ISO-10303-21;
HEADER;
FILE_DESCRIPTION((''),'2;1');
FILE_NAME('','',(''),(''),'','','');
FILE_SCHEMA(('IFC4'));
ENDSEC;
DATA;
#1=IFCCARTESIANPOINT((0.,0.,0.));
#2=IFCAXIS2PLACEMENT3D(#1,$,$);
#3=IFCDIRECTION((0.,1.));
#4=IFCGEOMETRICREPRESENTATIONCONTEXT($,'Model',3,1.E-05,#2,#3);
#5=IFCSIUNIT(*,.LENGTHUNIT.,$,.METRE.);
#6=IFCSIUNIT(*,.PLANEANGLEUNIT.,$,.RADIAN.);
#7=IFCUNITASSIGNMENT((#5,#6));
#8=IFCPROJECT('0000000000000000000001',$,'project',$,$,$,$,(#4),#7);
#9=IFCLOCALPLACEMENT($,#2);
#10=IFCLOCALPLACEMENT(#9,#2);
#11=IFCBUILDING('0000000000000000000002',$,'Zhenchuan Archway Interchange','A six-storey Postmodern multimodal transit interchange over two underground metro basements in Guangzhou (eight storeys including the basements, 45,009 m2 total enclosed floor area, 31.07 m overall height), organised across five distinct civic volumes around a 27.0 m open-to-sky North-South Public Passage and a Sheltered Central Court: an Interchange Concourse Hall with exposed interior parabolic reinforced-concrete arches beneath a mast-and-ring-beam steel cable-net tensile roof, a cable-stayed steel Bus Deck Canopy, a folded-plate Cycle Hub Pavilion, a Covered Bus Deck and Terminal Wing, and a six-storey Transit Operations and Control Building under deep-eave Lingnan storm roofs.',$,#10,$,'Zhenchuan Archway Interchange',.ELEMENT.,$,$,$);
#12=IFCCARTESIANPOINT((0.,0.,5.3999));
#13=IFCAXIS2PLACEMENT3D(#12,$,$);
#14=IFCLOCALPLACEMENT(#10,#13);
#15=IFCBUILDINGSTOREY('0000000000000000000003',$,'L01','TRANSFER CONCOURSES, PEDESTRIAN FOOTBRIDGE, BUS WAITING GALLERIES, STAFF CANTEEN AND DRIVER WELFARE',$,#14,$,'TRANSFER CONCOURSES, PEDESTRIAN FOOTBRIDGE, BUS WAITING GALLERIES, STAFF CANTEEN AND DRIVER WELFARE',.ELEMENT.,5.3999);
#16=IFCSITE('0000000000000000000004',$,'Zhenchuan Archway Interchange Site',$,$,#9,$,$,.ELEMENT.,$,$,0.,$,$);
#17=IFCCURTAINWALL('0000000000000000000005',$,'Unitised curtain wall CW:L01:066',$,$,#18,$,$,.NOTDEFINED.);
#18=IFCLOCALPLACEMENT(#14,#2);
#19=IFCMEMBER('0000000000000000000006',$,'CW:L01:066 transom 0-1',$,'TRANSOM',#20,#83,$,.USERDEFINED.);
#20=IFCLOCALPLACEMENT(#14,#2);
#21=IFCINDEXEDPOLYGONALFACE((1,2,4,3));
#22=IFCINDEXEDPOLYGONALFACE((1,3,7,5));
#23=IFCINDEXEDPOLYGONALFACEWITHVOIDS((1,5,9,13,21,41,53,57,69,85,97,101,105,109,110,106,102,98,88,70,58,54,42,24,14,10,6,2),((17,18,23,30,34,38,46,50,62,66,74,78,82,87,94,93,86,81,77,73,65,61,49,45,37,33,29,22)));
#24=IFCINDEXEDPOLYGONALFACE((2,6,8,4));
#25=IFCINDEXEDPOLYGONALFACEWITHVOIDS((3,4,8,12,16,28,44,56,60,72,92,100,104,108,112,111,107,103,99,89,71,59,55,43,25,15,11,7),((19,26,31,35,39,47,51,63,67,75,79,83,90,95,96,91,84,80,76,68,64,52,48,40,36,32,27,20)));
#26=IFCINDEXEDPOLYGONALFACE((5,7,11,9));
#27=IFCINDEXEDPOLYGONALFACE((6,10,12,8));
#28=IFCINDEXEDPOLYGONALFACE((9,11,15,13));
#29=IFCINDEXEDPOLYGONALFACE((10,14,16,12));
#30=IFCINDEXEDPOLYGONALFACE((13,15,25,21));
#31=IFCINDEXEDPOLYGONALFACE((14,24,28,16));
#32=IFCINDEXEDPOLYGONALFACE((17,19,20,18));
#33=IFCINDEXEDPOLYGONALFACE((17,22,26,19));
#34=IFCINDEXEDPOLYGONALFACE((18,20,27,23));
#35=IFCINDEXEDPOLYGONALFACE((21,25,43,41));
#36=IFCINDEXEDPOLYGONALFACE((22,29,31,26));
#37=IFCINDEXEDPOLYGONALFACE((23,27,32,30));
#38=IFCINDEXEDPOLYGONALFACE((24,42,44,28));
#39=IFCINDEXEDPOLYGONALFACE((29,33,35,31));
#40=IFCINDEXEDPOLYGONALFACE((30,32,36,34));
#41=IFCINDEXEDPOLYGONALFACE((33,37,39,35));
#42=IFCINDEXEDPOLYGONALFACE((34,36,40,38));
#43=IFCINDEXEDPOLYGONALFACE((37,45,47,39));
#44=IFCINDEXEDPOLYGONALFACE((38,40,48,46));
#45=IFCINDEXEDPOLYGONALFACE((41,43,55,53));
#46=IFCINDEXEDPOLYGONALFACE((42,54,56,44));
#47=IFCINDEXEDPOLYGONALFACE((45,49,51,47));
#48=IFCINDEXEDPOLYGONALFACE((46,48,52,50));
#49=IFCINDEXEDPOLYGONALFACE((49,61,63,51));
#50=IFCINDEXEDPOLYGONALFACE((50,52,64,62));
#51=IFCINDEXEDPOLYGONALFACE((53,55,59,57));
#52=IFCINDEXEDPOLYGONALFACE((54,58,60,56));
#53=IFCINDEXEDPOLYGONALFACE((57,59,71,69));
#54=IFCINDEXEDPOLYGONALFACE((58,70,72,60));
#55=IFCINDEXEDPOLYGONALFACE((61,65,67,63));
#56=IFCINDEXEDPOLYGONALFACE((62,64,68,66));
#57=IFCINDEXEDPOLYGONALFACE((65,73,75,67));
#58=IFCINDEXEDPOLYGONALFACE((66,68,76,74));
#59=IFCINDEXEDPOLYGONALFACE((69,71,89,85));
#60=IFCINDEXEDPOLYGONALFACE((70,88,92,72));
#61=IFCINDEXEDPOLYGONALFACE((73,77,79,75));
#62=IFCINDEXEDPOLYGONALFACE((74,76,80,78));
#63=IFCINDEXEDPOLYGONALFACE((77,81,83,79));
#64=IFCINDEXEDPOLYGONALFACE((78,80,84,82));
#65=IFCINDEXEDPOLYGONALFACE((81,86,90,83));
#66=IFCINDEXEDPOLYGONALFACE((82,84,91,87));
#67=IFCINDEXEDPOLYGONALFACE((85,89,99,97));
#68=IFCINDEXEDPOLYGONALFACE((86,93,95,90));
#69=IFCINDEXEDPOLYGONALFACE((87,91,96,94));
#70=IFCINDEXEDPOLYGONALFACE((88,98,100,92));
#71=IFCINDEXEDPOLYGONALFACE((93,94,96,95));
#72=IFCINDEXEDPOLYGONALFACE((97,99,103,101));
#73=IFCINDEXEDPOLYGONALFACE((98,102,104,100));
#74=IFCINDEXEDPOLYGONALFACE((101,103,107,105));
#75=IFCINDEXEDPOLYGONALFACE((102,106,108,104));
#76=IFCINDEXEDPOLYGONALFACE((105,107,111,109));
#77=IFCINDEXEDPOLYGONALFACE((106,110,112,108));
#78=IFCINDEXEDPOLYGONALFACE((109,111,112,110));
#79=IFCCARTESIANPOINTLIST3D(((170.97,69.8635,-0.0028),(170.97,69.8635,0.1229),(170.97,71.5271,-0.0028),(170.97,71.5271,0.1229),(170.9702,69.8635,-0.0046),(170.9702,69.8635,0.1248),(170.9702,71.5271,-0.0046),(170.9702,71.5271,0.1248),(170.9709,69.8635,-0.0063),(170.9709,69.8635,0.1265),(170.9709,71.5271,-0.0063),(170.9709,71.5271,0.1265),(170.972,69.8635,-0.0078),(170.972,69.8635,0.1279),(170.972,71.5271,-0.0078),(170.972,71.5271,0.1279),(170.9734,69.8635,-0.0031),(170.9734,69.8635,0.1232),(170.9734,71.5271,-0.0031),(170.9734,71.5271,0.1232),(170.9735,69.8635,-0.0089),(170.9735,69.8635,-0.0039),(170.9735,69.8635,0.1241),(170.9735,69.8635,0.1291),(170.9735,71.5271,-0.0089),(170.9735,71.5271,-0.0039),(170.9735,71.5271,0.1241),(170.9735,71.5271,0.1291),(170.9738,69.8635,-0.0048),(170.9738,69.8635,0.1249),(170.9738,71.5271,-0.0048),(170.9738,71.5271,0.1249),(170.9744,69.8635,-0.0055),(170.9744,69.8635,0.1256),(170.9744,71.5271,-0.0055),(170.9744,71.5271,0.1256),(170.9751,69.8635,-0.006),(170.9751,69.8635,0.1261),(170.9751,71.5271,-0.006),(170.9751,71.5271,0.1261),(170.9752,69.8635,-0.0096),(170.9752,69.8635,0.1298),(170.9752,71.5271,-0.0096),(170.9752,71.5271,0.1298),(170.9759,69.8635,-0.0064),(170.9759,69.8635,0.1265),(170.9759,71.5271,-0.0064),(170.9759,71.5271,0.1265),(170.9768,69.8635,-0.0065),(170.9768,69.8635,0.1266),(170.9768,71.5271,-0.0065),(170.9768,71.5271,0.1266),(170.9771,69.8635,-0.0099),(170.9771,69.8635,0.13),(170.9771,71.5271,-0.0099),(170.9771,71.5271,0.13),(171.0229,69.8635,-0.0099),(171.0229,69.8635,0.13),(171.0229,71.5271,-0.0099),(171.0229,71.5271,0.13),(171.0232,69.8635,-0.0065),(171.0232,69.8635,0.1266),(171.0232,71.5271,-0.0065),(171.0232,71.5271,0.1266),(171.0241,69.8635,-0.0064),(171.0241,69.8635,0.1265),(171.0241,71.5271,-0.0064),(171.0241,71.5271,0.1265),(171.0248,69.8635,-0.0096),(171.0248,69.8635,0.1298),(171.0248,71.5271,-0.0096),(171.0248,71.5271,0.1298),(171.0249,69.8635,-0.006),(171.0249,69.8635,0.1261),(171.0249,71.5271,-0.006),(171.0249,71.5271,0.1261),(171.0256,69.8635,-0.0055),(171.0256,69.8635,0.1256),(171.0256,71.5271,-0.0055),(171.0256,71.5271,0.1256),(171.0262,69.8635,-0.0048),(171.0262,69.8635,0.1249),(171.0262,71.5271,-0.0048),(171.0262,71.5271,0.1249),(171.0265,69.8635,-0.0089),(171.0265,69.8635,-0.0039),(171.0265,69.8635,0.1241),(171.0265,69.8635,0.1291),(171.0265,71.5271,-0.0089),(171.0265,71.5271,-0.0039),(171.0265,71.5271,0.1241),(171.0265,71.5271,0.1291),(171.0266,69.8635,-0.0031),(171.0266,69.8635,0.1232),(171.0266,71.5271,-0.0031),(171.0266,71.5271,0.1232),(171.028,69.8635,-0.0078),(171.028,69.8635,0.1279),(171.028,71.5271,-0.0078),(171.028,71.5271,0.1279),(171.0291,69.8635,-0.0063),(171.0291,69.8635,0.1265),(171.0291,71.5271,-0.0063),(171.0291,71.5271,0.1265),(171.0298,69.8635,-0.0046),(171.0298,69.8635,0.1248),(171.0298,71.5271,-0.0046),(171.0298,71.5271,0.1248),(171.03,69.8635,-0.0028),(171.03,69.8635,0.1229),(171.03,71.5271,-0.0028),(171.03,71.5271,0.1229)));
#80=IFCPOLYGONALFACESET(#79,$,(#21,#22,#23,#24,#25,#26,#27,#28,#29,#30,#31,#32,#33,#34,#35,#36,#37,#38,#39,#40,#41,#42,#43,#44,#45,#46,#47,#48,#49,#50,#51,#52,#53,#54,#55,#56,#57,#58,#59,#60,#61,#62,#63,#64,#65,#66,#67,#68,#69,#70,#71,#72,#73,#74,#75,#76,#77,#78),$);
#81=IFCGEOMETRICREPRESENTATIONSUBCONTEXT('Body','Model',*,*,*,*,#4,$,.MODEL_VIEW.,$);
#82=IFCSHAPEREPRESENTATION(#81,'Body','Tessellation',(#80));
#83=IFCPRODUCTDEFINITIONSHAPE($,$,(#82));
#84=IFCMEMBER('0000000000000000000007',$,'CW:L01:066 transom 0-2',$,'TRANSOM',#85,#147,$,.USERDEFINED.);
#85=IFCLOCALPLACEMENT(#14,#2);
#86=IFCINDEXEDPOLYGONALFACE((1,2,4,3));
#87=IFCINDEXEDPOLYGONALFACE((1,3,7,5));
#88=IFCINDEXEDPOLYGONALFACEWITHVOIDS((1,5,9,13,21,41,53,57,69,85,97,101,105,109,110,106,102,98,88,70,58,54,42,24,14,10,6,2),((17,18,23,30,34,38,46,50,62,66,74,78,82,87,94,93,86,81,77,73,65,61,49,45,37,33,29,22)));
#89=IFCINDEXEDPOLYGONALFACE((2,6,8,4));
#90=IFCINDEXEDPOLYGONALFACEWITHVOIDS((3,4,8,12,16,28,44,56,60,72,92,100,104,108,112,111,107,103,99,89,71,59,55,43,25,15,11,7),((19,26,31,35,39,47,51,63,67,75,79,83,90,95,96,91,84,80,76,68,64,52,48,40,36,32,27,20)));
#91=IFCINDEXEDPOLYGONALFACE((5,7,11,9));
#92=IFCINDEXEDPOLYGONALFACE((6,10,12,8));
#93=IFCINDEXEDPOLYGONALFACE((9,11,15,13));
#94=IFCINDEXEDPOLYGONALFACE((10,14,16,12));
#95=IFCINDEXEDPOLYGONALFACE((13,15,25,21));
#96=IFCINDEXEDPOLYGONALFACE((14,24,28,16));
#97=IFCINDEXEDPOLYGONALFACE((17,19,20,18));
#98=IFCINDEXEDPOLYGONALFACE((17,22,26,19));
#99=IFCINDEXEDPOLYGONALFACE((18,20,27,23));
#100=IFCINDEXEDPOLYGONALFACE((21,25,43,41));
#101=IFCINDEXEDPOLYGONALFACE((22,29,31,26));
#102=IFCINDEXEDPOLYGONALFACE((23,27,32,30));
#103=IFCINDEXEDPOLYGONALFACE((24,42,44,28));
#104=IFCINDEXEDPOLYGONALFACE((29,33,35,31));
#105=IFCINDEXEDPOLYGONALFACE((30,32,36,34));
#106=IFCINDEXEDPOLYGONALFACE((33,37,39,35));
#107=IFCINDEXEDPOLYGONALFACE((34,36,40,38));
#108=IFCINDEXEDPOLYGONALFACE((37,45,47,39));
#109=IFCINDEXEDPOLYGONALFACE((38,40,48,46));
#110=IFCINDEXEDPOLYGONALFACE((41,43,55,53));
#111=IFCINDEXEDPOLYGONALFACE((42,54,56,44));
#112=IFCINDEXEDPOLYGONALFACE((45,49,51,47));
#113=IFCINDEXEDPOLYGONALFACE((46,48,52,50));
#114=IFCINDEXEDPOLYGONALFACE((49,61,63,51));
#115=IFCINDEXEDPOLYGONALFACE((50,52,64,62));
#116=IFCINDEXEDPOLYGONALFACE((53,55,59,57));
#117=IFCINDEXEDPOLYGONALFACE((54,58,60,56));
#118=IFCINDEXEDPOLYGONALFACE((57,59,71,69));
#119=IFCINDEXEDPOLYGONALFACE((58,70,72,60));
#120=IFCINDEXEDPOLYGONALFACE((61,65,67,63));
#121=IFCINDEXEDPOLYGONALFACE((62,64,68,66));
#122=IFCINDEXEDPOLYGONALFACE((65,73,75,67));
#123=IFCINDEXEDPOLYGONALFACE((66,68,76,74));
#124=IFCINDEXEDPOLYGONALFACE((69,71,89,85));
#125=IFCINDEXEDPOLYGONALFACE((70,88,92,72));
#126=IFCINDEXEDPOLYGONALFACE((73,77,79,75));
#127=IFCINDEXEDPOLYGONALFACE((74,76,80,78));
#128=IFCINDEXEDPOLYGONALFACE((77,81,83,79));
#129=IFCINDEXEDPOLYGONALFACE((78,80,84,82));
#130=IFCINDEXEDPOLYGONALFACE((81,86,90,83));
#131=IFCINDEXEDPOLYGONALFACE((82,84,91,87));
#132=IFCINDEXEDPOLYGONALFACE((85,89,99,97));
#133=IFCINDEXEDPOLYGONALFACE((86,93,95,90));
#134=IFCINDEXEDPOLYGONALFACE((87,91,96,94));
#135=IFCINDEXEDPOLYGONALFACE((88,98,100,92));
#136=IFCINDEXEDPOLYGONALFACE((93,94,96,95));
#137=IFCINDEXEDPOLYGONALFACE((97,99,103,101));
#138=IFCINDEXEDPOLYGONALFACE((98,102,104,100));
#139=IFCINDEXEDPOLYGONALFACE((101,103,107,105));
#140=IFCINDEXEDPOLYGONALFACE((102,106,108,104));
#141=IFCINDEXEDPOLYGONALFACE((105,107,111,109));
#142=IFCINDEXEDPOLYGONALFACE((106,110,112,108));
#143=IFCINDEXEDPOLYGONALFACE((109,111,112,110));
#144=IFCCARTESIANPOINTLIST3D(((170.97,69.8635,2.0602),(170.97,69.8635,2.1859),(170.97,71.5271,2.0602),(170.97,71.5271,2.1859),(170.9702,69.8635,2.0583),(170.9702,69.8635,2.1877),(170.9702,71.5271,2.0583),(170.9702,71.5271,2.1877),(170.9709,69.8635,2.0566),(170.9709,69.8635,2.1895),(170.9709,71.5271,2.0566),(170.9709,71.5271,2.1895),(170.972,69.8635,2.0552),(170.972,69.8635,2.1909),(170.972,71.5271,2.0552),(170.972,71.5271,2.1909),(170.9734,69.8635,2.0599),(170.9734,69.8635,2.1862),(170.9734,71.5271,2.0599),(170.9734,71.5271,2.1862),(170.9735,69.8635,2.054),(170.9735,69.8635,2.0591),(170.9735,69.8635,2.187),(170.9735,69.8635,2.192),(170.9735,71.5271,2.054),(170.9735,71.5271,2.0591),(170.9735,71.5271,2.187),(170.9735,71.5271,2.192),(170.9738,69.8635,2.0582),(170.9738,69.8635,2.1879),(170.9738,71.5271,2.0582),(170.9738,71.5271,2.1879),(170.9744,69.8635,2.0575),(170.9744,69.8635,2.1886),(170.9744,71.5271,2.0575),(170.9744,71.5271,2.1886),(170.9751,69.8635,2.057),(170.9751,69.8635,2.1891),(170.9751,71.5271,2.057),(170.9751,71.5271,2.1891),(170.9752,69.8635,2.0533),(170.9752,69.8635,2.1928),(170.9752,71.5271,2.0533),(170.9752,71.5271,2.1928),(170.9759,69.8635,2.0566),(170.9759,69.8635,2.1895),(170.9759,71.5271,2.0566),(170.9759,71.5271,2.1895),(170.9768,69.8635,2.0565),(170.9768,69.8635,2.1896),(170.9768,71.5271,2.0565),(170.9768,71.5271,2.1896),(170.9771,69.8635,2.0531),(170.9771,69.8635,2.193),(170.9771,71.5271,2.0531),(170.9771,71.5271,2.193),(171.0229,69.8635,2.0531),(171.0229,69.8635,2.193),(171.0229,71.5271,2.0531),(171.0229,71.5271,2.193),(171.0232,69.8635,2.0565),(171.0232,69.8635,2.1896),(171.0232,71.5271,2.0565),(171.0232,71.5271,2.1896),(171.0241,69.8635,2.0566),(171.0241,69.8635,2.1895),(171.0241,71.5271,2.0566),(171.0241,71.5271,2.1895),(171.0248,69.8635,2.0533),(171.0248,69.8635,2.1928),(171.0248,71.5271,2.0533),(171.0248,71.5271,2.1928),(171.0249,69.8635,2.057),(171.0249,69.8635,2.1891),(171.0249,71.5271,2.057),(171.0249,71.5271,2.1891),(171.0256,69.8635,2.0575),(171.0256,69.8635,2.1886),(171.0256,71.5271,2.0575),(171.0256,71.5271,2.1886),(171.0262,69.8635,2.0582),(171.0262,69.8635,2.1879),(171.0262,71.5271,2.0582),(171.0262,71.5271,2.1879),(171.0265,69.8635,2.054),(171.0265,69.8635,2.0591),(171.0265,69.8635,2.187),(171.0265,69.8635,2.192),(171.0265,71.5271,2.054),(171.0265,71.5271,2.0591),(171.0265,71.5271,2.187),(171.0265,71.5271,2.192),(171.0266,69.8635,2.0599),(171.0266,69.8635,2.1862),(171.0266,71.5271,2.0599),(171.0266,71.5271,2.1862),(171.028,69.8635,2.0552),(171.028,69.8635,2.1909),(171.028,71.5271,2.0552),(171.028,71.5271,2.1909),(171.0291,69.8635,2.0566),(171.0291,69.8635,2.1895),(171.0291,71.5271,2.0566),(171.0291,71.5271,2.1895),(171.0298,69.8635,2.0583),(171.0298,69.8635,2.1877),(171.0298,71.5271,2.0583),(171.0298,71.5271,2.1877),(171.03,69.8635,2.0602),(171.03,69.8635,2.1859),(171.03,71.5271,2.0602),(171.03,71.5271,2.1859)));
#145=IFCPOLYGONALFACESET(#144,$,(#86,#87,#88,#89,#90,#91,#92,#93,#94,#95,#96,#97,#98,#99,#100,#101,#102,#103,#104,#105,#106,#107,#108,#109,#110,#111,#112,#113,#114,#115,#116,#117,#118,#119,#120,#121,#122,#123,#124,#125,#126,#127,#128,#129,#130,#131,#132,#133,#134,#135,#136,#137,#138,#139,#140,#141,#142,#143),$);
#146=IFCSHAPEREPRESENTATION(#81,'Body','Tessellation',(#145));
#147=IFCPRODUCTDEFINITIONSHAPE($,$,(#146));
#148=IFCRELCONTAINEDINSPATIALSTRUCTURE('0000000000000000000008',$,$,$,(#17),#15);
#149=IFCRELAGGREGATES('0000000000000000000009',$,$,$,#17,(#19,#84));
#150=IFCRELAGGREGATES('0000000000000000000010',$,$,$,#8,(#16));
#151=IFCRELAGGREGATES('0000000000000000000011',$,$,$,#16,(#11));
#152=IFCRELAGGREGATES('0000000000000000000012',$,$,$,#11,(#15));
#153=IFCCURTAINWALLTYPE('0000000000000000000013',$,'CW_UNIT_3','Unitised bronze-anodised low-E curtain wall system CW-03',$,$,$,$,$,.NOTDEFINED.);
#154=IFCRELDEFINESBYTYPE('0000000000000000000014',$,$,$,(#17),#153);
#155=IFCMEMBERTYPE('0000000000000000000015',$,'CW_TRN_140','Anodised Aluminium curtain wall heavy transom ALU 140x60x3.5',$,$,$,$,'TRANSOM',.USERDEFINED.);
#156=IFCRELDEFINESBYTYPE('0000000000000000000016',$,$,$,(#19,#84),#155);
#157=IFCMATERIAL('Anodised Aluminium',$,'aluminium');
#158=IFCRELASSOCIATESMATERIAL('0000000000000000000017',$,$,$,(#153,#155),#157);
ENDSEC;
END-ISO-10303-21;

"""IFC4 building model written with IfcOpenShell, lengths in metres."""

from ifc_helpers import new_model, si_unit, direction, frame, origin, origin_2d, place, context, subcontext, project, spatial, hollow_rectangle, extrude, material, material_profile, profile_set, type_object, element, aggregate, save


model = new_model("IFC4")

# Units and contexts
model_context = context("Model", 3, precision=1e-05, world=origin(), true_north=direction((0.0, 1.0)))
body_context = subcontext(model_context, "Body", "Model", "MODEL_VIEW")
ifc_project = project(units=[si_unit("LENGTHUNIT", "METRE"), si_unit("PLANEANGLEUNIT", "RADIAN")], contexts=[model_context])

# Site, building, storey
site_placement = place(None, origin())
site = spatial("IfcSite", under=ifc_project, at=site_placement, Name="Zhenchuan Archway Interchange Site", CompositionType="ELEMENT", RefElevation=0.0)
building_placement = place(site_placement, origin())
building = spatial("IfcBuilding", under=site, at=building_placement, Name="Zhenchuan Archway Interchange", Description="A six-storey Postmodern multimodal transit interchange over two underground metro basements in Guangzhou (eight storeys including the basements, 45,009 m2 total enclosed floor area, 31.07 m overall height), organised across five distinct civic volumes around a 27.0 m open-to-sky North-South Public Passage and a Sheltered Central Court: an Interchange Concourse Hall with exposed interior parabolic reinforced-concrete arches beneath a mast-and-ring-beam steel cable-net tensile roof, a cable-stayed steel Bus Deck Canopy, a folded-plate Cycle Hub Pavilion, a Covered Bus Deck and Terminal Wing, and a six-storey Transit Operations and Control Building under deep-eave Lingnan storm roofs.", LongName="Zhenchuan Archway Interchange", CompositionType="ELEMENT")
storey_placement = place(building_placement, frame((0.0, 0.0, 5.3999)))
storey = spatial("IfcBuildingStorey", under=building, at=storey_placement, Name="L01", Description="TRANSFER CONCOURSES, PEDESTRIAN FOOTBRIDGE, BUS WAITING GALLERIES, STAFF CANTEEN AND DRIVER WELFARE", LongName="TRANSFER CONCOURSES, PEDESTRIAN FOOTBRIDGE, BUS WAITING GALLERIES, STAFF CANTEEN AND DRIVER WELFARE", CompositionType="ELEMENT", Elevation=5.3999)

# Curtain wall, members
ifc_material_1 = material(Name="Anodised Aluminium", Category="aluminium")
curtain_wall_type = type_object("IfcCurtainWallType", Name="CW_UNIT_3", Description="Unitised bronze-anodised low-E curtain wall system CW-03", PredefinedType="NOTDEFINED", material=ifc_material_1)
curtain_wall_placement = place(storey_placement, origin())
curtain_wall = element("IfcCurtainWall", 1, at=curtain_wall_placement, inside=storey, type_object=curtain_wall_type, Name="Unitised curtain wall CW:L01:066", PredefinedType="NOTDEFINED")
ifc_material_profile_1 = material_profile(ifc_material_1, hollow_rectangle(XDim=0.0601, YDim=0.1399, WallThickness=0.0034, InnerFilletRadius=0.0034, OuterFilletRadius=0.0071, at=origin_2d()), Name="ALU 140x60x3.5")
ifc_profile_set_1 = profile_set([ifc_material_profile_1], Name="Anodised Aluminium")
member_type_1 = type_object("IfcMemberType", Name="CW_TRN_140", Description="Anodised Aluminium curtain wall heavy transom ALU 140x60x3.5", ElementType="TRANSOM", PredefinedType="USERDEFINED", material=ifc_profile_set_1)
member_1_placement = place(storey_placement, frame((171.0, 71.5271, 0.0601), z_axis=(0.0, -1.0, 0.0), x_axis=(1.0, 0.0, 0.0)))
member_1 = element("IfcMember", 2, at=member_1_placement, type_object=member_type_1, Name="CW:L01:066 transom 0-1", ObjectType="TRANSOM", PredefinedType="USERDEFINED", context=body_context, shape_type="SweptSolid", body=[
    extrude(hollow_rectangle(XDim=0.0601, YDim=0.1399, WallThickness=0.0034, InnerFilletRadius=0.0034, OuterFilletRadius=0.0071, at=origin_2d()), origin(), (0.0, 0.0, 1.0), 1.6636),
])
member_2_placement = place(storey_placement, frame((171.0, 71.5271, 2.123), z_axis=(0.0, -1.0, 0.0), x_axis=(1.0, 0.0, 0.0)))
member_2 = element("IfcMember", 3, at=member_2_placement, type_object=member_type_1, Name="CW:L01:066 transom 0-2", ObjectType="TRANSOM", PredefinedType="USERDEFINED", context=body_context, shape_type="SweptSolid", body=[
    extrude(hollow_rectangle(XDim=0.0601, YDim=0.1399, WallThickness=0.0034, InnerFilletRadius=0.0034, OuterFilletRadius=0.0071, at=origin_2d()), origin(), (0.0, 0.0, 1.0), 1.6636),
])

aggregate(curtain_wall, [member_1, member_2])

save(model, "model.ifc")
